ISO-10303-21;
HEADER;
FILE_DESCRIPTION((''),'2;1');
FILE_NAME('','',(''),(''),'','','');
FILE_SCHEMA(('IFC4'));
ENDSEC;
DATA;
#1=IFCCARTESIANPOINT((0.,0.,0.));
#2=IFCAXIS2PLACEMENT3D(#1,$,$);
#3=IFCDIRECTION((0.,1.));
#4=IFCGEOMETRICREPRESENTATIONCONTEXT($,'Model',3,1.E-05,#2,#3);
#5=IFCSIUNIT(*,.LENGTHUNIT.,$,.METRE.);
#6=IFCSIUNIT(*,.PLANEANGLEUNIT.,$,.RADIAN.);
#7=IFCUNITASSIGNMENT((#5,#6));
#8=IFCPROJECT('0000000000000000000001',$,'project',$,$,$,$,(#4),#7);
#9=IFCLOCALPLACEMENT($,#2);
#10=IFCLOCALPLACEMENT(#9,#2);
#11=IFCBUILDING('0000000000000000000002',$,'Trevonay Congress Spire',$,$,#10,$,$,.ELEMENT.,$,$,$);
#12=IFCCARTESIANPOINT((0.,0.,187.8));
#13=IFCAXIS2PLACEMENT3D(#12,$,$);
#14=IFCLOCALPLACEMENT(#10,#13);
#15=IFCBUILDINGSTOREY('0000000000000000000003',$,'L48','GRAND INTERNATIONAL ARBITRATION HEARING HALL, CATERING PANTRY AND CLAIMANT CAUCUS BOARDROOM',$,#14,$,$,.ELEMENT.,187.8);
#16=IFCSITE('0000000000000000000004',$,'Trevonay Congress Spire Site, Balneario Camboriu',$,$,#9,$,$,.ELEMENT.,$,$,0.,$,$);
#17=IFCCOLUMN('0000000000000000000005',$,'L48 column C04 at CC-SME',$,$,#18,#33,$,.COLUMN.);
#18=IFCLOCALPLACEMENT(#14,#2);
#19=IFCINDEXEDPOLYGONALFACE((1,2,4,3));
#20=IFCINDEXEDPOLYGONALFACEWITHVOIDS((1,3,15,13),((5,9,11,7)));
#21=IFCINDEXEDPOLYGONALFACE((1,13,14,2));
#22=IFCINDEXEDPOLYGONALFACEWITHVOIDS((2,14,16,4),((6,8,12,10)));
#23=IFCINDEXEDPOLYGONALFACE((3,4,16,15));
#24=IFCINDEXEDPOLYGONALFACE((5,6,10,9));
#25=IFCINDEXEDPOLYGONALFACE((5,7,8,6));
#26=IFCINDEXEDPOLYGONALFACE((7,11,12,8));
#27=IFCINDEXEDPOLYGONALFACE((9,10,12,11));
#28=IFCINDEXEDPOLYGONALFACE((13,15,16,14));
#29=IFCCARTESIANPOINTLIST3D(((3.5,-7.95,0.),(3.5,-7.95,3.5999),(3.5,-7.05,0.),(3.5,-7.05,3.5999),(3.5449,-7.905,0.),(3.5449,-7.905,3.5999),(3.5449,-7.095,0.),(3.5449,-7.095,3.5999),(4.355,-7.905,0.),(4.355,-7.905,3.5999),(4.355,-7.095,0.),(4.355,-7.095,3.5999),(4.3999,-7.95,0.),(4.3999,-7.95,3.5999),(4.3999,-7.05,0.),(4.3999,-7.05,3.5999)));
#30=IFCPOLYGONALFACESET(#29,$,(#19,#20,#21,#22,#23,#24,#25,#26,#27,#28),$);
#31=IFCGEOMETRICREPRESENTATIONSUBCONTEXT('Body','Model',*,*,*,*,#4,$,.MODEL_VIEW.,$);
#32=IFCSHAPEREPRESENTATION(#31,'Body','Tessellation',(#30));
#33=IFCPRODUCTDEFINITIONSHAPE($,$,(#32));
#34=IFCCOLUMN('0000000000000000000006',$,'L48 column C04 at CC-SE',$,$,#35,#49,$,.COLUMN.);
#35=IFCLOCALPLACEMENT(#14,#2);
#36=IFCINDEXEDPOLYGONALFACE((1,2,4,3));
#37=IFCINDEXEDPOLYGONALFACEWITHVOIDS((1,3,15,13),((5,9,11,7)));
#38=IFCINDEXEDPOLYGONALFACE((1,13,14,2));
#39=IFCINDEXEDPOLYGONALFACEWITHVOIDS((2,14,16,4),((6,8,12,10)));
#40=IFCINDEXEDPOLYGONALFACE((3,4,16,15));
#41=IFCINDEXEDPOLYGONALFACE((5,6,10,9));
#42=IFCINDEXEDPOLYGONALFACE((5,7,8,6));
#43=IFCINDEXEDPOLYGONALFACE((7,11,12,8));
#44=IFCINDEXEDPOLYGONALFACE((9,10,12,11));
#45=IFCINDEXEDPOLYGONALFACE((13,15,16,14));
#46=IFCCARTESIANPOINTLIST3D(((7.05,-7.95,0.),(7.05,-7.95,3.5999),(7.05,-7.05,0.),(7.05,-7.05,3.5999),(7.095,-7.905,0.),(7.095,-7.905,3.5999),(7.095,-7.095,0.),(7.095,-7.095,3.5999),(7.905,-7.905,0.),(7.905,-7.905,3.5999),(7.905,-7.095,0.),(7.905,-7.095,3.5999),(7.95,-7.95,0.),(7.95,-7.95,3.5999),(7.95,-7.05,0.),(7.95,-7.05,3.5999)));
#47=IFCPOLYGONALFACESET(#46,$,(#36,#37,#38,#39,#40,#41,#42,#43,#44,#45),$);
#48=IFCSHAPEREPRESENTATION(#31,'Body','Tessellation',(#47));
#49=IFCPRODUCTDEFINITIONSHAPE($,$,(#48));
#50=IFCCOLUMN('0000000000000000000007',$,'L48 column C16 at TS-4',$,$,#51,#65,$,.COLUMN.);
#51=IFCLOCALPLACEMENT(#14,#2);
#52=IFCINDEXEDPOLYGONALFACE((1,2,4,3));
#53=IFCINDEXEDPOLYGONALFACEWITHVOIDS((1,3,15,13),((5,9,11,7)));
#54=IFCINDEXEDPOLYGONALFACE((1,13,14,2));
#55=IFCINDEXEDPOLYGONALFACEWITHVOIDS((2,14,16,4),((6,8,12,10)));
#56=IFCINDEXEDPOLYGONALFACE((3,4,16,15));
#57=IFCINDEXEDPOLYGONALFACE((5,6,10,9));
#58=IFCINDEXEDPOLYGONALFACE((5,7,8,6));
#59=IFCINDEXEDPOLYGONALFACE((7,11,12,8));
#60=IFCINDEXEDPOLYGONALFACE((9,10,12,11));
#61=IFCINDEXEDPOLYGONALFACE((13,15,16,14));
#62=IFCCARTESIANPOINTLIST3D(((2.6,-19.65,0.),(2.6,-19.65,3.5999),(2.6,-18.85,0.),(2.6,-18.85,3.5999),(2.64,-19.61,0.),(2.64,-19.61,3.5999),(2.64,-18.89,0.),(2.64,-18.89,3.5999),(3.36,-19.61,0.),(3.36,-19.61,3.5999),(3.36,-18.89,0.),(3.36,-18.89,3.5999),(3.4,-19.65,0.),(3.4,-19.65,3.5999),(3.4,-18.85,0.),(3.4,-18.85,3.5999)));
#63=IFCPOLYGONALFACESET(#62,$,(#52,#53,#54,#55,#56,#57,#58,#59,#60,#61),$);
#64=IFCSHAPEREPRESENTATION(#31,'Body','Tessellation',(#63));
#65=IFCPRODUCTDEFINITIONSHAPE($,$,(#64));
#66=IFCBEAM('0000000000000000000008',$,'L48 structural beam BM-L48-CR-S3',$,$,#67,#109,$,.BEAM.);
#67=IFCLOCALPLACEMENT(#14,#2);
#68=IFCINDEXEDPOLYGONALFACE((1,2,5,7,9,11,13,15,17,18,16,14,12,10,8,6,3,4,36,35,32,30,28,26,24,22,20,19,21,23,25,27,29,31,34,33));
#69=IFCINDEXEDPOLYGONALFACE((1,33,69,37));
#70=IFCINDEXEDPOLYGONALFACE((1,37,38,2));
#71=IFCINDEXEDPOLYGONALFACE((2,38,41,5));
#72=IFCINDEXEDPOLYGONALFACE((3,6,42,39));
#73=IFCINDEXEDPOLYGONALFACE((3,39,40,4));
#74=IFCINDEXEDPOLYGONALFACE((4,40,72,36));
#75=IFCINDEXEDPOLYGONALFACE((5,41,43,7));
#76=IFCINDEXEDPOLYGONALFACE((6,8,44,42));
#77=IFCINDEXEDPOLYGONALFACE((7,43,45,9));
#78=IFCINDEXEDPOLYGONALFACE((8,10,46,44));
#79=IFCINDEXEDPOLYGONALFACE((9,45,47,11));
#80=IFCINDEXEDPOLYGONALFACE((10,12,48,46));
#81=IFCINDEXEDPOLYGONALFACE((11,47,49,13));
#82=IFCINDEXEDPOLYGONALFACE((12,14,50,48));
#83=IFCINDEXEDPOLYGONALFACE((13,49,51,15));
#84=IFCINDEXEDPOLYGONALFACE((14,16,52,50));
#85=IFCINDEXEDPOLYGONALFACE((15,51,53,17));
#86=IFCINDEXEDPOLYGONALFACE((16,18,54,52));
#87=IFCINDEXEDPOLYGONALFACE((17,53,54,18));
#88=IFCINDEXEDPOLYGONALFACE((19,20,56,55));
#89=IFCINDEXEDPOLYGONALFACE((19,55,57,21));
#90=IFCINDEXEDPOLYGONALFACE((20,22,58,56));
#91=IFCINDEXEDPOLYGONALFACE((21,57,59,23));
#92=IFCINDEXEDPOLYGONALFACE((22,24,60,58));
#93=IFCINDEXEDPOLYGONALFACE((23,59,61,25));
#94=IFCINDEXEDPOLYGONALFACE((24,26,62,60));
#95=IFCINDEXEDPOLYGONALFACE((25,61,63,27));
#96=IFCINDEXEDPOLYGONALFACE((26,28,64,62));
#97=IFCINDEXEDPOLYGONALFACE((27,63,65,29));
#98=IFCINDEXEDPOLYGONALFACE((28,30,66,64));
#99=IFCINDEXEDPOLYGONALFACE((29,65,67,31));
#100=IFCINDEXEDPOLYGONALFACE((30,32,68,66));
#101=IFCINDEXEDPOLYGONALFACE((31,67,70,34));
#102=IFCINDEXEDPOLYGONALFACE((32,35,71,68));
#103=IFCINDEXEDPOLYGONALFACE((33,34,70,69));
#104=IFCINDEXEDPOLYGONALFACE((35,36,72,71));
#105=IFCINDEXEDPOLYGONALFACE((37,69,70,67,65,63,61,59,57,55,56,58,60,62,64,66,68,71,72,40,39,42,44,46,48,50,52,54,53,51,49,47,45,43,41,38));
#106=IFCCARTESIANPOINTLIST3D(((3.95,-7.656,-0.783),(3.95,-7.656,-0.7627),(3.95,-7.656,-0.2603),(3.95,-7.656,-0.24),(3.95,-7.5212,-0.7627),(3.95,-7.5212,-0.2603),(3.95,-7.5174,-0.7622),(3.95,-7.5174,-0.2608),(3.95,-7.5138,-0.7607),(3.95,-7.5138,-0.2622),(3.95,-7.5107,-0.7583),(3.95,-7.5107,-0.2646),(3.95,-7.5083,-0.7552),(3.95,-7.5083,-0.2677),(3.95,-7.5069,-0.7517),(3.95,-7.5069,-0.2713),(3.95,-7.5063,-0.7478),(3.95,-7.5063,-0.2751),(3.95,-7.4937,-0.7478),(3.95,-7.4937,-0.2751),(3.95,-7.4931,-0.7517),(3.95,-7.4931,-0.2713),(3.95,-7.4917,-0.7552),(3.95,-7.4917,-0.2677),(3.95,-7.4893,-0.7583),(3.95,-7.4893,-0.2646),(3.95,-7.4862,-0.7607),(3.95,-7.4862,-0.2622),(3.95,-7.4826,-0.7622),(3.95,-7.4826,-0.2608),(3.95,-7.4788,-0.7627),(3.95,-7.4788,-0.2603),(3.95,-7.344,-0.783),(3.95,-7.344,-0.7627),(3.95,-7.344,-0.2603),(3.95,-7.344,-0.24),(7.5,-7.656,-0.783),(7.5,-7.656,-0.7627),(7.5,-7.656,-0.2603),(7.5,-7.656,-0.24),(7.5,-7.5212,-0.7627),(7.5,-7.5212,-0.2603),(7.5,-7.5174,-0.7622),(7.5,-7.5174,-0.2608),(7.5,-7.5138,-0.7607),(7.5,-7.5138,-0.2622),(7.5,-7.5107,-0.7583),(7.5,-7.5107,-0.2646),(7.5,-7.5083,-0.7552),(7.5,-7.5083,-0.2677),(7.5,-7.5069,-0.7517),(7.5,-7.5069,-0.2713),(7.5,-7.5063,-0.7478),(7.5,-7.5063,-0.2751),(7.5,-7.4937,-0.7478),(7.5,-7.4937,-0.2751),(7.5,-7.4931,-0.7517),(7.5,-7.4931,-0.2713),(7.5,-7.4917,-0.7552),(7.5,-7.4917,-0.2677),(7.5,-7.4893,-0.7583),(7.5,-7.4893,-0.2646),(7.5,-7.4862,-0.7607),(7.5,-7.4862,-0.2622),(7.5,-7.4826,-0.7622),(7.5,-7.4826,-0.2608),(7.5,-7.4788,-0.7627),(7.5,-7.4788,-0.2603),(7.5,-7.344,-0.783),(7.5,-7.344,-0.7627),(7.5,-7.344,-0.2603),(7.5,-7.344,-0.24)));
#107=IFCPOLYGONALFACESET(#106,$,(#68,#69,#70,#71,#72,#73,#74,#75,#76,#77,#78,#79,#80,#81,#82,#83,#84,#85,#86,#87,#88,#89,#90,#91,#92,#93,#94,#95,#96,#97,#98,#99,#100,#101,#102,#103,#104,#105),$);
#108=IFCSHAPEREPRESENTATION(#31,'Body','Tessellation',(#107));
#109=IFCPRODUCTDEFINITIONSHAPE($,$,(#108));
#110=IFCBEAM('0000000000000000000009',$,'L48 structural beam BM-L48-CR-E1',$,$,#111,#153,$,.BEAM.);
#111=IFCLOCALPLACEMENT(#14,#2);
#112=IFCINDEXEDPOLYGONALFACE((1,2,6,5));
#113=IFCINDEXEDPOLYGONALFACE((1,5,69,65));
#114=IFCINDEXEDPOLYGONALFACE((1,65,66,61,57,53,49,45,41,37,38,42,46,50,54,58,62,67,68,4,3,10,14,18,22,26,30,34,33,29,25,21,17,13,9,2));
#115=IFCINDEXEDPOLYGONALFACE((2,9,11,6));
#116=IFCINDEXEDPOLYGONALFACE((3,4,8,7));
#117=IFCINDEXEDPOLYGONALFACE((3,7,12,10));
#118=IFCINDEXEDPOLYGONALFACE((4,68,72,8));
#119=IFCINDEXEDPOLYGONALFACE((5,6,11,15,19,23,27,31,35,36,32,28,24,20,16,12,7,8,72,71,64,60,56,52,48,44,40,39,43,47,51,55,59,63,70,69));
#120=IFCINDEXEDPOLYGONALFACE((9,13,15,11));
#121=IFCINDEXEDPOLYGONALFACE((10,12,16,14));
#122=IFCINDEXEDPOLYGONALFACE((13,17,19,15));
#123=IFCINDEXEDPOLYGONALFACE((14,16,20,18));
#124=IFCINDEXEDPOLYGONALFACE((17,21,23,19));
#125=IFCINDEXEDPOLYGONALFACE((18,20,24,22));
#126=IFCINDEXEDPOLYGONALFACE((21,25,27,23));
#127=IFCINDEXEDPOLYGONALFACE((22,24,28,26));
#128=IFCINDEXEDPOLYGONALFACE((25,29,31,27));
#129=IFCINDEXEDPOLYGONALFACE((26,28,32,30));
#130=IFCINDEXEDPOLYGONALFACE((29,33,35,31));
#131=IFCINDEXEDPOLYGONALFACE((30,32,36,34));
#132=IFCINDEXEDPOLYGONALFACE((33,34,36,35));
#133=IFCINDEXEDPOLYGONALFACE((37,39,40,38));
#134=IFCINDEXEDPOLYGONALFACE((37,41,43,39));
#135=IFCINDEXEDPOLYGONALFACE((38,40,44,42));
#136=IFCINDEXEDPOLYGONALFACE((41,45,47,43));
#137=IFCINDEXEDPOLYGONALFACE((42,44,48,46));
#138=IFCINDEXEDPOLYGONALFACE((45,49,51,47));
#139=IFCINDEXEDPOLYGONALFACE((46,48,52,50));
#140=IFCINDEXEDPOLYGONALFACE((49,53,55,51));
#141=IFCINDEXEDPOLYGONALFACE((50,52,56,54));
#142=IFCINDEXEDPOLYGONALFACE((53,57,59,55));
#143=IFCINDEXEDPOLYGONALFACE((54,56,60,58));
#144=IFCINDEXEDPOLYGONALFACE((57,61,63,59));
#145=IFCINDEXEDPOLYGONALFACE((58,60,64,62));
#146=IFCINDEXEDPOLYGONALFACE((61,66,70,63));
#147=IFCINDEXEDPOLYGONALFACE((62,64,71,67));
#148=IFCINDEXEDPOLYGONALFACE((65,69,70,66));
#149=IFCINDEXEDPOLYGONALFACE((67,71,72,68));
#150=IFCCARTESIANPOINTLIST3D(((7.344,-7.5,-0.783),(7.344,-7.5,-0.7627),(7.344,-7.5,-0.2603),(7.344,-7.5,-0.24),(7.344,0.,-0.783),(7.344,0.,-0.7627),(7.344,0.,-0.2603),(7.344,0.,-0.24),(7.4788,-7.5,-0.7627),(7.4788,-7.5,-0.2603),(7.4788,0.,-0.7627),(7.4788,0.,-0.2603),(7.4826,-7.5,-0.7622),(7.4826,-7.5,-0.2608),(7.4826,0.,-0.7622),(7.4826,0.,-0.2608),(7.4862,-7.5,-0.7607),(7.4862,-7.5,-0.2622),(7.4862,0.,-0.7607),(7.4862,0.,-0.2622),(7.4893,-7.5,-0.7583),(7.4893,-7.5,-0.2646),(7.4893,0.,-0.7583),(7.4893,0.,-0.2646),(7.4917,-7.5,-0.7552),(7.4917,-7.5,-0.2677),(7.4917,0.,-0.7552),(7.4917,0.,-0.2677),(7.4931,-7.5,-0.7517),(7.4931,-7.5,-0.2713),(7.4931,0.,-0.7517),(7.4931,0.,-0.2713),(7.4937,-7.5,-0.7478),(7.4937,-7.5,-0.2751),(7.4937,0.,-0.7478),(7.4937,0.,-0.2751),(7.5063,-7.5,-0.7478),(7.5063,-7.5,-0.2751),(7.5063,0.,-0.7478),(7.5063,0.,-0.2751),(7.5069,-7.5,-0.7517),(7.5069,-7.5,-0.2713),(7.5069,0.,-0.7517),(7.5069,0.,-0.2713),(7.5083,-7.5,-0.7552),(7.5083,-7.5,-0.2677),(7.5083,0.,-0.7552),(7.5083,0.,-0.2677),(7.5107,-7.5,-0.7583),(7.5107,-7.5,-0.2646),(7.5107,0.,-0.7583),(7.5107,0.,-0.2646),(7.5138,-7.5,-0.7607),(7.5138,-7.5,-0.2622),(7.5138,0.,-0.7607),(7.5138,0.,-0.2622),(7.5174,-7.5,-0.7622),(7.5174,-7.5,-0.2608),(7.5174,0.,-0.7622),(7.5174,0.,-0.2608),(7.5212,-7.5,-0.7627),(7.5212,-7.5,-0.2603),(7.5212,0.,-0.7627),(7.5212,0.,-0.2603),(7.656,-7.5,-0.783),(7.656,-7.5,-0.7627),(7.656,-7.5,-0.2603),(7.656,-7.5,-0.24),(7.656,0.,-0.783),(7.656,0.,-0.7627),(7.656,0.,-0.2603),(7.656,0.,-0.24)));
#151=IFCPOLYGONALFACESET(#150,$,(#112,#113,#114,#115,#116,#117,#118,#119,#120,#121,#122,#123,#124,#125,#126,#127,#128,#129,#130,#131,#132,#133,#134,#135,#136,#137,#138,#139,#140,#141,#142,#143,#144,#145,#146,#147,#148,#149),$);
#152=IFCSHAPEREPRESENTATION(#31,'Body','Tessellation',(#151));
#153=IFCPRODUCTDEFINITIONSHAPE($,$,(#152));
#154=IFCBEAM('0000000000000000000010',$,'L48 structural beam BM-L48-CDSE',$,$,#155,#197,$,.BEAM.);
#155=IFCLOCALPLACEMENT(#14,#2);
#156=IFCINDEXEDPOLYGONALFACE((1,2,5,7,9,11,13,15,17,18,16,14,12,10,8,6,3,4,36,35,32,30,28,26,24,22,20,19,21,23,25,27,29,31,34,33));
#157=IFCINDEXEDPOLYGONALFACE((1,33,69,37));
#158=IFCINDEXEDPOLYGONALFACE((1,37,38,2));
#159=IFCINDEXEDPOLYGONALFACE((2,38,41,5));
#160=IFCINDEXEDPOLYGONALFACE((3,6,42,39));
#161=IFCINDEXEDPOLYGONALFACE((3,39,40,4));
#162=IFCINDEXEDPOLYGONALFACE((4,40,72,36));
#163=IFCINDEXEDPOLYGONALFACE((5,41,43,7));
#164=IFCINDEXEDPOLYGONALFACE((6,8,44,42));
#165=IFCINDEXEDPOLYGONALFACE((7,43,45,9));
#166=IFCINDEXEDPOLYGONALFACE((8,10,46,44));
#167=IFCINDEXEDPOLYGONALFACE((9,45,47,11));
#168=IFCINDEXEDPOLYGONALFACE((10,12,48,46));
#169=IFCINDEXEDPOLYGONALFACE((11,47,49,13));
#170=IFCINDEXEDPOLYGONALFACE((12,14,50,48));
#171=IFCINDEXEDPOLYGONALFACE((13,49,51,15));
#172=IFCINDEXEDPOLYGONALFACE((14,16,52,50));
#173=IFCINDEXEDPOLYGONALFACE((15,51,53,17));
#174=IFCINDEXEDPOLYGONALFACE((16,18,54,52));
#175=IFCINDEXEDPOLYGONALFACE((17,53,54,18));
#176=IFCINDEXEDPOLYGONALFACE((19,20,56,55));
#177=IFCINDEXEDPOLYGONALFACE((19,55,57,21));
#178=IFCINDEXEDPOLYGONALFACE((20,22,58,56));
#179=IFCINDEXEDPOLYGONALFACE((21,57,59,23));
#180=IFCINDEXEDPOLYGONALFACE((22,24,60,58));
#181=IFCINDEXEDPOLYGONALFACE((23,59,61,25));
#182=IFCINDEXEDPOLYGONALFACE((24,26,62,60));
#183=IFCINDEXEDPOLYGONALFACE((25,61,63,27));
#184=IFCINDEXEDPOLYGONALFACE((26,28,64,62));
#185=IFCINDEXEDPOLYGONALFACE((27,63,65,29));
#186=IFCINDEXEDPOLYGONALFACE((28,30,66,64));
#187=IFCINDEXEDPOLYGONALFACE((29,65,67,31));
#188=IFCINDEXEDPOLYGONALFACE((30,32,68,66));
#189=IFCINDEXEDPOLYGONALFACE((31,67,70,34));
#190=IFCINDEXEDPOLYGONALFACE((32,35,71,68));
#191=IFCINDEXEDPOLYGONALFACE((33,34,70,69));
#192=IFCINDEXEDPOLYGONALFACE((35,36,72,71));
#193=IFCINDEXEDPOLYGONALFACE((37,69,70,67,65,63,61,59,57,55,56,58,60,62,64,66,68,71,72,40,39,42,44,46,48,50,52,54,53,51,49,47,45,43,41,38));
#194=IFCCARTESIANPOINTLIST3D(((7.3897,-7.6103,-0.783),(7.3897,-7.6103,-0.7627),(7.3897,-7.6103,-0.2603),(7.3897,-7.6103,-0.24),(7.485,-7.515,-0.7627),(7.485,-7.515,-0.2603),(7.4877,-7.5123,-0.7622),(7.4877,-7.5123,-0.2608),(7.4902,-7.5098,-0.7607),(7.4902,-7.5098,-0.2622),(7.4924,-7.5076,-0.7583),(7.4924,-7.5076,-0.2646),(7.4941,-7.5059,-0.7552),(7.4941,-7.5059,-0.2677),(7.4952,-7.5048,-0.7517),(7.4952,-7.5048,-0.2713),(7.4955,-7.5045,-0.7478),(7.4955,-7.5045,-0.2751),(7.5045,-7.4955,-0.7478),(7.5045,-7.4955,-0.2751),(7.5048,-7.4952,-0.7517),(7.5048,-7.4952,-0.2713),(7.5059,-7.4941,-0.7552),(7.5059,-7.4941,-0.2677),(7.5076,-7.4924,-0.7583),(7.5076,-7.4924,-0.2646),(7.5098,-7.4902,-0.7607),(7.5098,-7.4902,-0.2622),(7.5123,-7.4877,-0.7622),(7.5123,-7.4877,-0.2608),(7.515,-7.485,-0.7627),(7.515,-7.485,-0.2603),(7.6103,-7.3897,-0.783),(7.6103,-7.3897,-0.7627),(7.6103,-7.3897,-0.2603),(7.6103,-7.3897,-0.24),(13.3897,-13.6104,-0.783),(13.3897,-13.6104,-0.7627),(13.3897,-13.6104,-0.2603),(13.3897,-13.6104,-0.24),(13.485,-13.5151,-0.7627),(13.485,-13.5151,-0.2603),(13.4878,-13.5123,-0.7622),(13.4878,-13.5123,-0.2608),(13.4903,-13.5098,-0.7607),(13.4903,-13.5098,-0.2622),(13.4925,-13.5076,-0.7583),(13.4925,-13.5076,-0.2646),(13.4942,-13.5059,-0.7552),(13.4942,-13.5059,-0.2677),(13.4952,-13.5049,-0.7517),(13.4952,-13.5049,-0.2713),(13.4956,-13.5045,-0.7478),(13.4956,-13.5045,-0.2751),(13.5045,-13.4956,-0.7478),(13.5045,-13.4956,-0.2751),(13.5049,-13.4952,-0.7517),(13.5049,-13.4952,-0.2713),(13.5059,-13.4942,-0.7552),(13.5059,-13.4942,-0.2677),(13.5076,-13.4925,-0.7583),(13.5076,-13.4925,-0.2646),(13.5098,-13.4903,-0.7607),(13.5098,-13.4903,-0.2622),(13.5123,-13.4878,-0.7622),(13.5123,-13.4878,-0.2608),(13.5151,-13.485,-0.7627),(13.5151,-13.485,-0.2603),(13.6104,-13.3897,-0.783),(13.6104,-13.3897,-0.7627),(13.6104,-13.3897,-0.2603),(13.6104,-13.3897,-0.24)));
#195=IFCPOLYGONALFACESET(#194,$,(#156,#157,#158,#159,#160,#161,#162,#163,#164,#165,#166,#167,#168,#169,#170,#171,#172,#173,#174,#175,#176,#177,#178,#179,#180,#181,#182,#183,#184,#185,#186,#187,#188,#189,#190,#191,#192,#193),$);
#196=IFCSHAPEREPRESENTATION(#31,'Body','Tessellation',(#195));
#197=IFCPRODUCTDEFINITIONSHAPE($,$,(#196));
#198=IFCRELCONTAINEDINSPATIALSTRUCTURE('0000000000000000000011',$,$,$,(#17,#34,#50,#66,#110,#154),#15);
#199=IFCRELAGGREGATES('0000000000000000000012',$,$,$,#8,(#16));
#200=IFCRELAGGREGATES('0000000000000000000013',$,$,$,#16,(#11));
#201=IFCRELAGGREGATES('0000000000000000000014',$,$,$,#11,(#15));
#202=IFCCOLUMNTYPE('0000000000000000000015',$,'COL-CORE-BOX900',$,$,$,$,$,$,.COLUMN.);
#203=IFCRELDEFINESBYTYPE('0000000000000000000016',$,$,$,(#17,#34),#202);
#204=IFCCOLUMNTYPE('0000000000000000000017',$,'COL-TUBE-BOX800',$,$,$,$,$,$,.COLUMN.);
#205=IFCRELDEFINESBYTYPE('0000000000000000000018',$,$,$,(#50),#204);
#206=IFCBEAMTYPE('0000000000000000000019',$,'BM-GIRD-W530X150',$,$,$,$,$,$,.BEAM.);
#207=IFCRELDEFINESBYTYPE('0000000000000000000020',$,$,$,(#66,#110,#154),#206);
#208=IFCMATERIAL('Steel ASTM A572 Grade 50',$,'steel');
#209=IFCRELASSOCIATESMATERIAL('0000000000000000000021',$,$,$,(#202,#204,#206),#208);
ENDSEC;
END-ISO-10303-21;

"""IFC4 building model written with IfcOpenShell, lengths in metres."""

from ifc_helpers import new_model, si_unit, direction, frame, origin, origin_2d, place, context, subcontext, project, spatial, hollow_rectangle, i_section, extrude, material, material_profile, profile_set, type_object, element, save


model = new_model("IFC4")

# Units and contexts
model_context = context("Model", 3, precision=1e-05, world=origin(), true_north=direction((0.0, 1.0)))
body_context = subcontext(model_context, "Body", "Model", "MODEL_VIEW")
ifc_project = project(units=[si_unit("LENGTHUNIT", "METRE"), si_unit("PLANEANGLEUNIT", "RADIAN")], contexts=[model_context])

# Site, building, storey
site_placement = place(None, origin())
site = spatial("IfcSite", under=ifc_project, at=site_placement, Name="Trevonay Congress Spire Site, Balneario Camboriu", CompositionType="ELEMENT", RefElevation=0.0)
building_placement = place(site_placement, origin())
building = spatial("IfcBuilding", under=site, at=building_placement, Name="Trevonay Congress Spire", CompositionType="ELEMENT")
storey_placement = place(building_placement, frame((0.0, 0.0, 187.8)))
storey = spatial("IfcBuildingStorey", under=building, at=storey_placement, Name="L48", Description="GRAND INTERNATIONAL ARBITRATION HEARING HALL, CATERING PANTRY AND CLAIMANT CAUCUS BOARDROOM", CompositionType="ELEMENT", Elevation=187.8)

# Columns
ifc_material_1 = material(Name="Steel ASTM A572 Grade 50", Category="steel")
ifc_material_profile_1 = material_profile(ifc_material_1, hollow_rectangle(XDim=0.8999, YDim=0.8999, WallThickness=0.0449, at=origin_2d()), Name="BOX 900x900x45")
ifc_profile_set_1 = profile_set([ifc_material_profile_1], Name="Steel ASTM A572 Grade 50")
column_type_1 = type_object("IfcColumnType", Name="COL-CORE-BOX900", PredefinedType="COLUMN", material=ifc_profile_set_1)
for number, where, z_axis, x_axis, name in (
    (1, (3.95, -7.5, 0.0), (0.0, 0.0, 1.0), (1.0, 0.0, 0.0), "L48 column C04 at CC-SME"),
    (2, (7.5, -7.5, 0.0), (0.0, 0.0, 1.0), (1.0, 0.0, 0.0), "L48 column C04 at CC-SE"),
):
    element("IfcColumn", number, at=place(storey_placement, frame(where, z_axis=z_axis, x_axis=x_axis)), inside=storey, type_object=column_type_1, Name=name, PredefinedType="COLUMN", context=body_context, shape_type="SweptSolid", body=[
        extrude(hollow_rectangle(XDim=0.8999, YDim=0.8999, WallThickness=0.0449, at=origin_2d()), origin(), (0.0, 0.0, 1.0), 3.5999),
    ])
ifc_material_profile_2 = material_profile(ifc_material_1, hollow_rectangle(XDim=0.8, YDim=0.8, WallThickness=0.04, at=origin_2d()), Name="BOX 800x800x40")
ifc_profile_set_2 = profile_set([ifc_material_profile_2], Name="Steel ASTM A572 Grade 50")
column_type_2 = type_object("IfcColumnType", Name="COL-TUBE-BOX800", PredefinedType="COLUMN", material=ifc_profile_set_2)
column_placement = place(storey_placement, frame((3.0, -19.25, 0.0), z_axis=(0.0, 0.0, 1.0), x_axis=(1.0, 0.0, 0.0)))
element("IfcColumn", 3, at=column_placement, inside=storey, type_object=column_type_2, Name="L48 column C16 at TS-4", PredefinedType="COLUMN", context=body_context, shape_type="SweptSolid", body=[
    extrude(hollow_rectangle(XDim=0.8, YDim=0.8, WallThickness=0.04, at=origin_2d()), origin(), (0.0, 0.0, 1.0), 3.5999),
])

# Beams
ifc_material_profile_3 = material_profile(ifc_material_1, i_section(OverallWidth=0.312, OverallDepth=0.543, WebThickness=0.0127, FlangeThickness=0.0203, FilletRadius=0.0149, at=origin_2d()), Name="W530x150")
ifc_profile_set_3 = profile_set([ifc_material_profile_3], Name="Steel ASTM A572 Grade 50")
beam_type_1 = type_object("IfcBeamType", Name="BM-GIRD-W530X150", PredefinedType="BEAM", material=ifc_profile_set_3)
beam_1_placement = place(storey_placement, frame((3.95, -7.5, -0.5115), z_axis=(1.0, 0.0, 0.0), x_axis=(0.0, 1.0, 0.0)))
element("IfcBeam", 4, at=beam_1_placement, inside=storey, type_object=beam_type_1, Name="L48 structural beam BM-L48-CR-S3", PredefinedType="BEAM", context=body_context, shape_type="SweptSolid", body=[
    extrude(i_section(OverallWidth=0.312, OverallDepth=0.543, WebThickness=0.0127, FlangeThickness=0.0203, FilletRadius=0.0149, at=origin_2d()), origin(), (0.0, 0.0, 1.0), 3.55),
])
beam_2_placement = place(storey_placement, frame((7.5, -7.5, -0.5115), z_axis=(0.0, 1.0, 0.0), x_axis=(-1.0, 0.0, 0.0)))
element("IfcBeam", 5, at=beam_2_placement, inside=storey, type_object=beam_type_1, Name="L48 structural beam BM-L48-CR-E1", PredefinedType="BEAM", context=body_context, shape_type="SweptSolid", body=[
    extrude(i_section(OverallWidth=0.312, OverallDepth=0.543, WebThickness=0.0127, FlangeThickness=0.0203, FilletRadius=0.0149, at=origin_2d()), origin(), (0.0, 0.0, 1.0), 7.5),
])
beam_3_placement = place(storey_placement, frame((7.5, -7.5, -0.5115), z_axis=(0.707107, -0.707107, 0.0), x_axis=(0.707107, 0.707107, 0.0)))
element("IfcBeam", 6, at=beam_3_placement, inside=storey, type_object=beam_type_1, Name="L48 structural beam BM-L48-CDSE", PredefinedType="BEAM", context=body_context, shape_type="SweptSolid", body=[
    extrude(i_section(OverallWidth=0.312, OverallDepth=0.543, WebThickness=0.0127, FlangeThickness=0.0203, FilletRadius=0.0149, at=origin_2d()), origin(), (0.0, 0.0, 1.0), 8.4854),
])

save(model, "model.ifc")
